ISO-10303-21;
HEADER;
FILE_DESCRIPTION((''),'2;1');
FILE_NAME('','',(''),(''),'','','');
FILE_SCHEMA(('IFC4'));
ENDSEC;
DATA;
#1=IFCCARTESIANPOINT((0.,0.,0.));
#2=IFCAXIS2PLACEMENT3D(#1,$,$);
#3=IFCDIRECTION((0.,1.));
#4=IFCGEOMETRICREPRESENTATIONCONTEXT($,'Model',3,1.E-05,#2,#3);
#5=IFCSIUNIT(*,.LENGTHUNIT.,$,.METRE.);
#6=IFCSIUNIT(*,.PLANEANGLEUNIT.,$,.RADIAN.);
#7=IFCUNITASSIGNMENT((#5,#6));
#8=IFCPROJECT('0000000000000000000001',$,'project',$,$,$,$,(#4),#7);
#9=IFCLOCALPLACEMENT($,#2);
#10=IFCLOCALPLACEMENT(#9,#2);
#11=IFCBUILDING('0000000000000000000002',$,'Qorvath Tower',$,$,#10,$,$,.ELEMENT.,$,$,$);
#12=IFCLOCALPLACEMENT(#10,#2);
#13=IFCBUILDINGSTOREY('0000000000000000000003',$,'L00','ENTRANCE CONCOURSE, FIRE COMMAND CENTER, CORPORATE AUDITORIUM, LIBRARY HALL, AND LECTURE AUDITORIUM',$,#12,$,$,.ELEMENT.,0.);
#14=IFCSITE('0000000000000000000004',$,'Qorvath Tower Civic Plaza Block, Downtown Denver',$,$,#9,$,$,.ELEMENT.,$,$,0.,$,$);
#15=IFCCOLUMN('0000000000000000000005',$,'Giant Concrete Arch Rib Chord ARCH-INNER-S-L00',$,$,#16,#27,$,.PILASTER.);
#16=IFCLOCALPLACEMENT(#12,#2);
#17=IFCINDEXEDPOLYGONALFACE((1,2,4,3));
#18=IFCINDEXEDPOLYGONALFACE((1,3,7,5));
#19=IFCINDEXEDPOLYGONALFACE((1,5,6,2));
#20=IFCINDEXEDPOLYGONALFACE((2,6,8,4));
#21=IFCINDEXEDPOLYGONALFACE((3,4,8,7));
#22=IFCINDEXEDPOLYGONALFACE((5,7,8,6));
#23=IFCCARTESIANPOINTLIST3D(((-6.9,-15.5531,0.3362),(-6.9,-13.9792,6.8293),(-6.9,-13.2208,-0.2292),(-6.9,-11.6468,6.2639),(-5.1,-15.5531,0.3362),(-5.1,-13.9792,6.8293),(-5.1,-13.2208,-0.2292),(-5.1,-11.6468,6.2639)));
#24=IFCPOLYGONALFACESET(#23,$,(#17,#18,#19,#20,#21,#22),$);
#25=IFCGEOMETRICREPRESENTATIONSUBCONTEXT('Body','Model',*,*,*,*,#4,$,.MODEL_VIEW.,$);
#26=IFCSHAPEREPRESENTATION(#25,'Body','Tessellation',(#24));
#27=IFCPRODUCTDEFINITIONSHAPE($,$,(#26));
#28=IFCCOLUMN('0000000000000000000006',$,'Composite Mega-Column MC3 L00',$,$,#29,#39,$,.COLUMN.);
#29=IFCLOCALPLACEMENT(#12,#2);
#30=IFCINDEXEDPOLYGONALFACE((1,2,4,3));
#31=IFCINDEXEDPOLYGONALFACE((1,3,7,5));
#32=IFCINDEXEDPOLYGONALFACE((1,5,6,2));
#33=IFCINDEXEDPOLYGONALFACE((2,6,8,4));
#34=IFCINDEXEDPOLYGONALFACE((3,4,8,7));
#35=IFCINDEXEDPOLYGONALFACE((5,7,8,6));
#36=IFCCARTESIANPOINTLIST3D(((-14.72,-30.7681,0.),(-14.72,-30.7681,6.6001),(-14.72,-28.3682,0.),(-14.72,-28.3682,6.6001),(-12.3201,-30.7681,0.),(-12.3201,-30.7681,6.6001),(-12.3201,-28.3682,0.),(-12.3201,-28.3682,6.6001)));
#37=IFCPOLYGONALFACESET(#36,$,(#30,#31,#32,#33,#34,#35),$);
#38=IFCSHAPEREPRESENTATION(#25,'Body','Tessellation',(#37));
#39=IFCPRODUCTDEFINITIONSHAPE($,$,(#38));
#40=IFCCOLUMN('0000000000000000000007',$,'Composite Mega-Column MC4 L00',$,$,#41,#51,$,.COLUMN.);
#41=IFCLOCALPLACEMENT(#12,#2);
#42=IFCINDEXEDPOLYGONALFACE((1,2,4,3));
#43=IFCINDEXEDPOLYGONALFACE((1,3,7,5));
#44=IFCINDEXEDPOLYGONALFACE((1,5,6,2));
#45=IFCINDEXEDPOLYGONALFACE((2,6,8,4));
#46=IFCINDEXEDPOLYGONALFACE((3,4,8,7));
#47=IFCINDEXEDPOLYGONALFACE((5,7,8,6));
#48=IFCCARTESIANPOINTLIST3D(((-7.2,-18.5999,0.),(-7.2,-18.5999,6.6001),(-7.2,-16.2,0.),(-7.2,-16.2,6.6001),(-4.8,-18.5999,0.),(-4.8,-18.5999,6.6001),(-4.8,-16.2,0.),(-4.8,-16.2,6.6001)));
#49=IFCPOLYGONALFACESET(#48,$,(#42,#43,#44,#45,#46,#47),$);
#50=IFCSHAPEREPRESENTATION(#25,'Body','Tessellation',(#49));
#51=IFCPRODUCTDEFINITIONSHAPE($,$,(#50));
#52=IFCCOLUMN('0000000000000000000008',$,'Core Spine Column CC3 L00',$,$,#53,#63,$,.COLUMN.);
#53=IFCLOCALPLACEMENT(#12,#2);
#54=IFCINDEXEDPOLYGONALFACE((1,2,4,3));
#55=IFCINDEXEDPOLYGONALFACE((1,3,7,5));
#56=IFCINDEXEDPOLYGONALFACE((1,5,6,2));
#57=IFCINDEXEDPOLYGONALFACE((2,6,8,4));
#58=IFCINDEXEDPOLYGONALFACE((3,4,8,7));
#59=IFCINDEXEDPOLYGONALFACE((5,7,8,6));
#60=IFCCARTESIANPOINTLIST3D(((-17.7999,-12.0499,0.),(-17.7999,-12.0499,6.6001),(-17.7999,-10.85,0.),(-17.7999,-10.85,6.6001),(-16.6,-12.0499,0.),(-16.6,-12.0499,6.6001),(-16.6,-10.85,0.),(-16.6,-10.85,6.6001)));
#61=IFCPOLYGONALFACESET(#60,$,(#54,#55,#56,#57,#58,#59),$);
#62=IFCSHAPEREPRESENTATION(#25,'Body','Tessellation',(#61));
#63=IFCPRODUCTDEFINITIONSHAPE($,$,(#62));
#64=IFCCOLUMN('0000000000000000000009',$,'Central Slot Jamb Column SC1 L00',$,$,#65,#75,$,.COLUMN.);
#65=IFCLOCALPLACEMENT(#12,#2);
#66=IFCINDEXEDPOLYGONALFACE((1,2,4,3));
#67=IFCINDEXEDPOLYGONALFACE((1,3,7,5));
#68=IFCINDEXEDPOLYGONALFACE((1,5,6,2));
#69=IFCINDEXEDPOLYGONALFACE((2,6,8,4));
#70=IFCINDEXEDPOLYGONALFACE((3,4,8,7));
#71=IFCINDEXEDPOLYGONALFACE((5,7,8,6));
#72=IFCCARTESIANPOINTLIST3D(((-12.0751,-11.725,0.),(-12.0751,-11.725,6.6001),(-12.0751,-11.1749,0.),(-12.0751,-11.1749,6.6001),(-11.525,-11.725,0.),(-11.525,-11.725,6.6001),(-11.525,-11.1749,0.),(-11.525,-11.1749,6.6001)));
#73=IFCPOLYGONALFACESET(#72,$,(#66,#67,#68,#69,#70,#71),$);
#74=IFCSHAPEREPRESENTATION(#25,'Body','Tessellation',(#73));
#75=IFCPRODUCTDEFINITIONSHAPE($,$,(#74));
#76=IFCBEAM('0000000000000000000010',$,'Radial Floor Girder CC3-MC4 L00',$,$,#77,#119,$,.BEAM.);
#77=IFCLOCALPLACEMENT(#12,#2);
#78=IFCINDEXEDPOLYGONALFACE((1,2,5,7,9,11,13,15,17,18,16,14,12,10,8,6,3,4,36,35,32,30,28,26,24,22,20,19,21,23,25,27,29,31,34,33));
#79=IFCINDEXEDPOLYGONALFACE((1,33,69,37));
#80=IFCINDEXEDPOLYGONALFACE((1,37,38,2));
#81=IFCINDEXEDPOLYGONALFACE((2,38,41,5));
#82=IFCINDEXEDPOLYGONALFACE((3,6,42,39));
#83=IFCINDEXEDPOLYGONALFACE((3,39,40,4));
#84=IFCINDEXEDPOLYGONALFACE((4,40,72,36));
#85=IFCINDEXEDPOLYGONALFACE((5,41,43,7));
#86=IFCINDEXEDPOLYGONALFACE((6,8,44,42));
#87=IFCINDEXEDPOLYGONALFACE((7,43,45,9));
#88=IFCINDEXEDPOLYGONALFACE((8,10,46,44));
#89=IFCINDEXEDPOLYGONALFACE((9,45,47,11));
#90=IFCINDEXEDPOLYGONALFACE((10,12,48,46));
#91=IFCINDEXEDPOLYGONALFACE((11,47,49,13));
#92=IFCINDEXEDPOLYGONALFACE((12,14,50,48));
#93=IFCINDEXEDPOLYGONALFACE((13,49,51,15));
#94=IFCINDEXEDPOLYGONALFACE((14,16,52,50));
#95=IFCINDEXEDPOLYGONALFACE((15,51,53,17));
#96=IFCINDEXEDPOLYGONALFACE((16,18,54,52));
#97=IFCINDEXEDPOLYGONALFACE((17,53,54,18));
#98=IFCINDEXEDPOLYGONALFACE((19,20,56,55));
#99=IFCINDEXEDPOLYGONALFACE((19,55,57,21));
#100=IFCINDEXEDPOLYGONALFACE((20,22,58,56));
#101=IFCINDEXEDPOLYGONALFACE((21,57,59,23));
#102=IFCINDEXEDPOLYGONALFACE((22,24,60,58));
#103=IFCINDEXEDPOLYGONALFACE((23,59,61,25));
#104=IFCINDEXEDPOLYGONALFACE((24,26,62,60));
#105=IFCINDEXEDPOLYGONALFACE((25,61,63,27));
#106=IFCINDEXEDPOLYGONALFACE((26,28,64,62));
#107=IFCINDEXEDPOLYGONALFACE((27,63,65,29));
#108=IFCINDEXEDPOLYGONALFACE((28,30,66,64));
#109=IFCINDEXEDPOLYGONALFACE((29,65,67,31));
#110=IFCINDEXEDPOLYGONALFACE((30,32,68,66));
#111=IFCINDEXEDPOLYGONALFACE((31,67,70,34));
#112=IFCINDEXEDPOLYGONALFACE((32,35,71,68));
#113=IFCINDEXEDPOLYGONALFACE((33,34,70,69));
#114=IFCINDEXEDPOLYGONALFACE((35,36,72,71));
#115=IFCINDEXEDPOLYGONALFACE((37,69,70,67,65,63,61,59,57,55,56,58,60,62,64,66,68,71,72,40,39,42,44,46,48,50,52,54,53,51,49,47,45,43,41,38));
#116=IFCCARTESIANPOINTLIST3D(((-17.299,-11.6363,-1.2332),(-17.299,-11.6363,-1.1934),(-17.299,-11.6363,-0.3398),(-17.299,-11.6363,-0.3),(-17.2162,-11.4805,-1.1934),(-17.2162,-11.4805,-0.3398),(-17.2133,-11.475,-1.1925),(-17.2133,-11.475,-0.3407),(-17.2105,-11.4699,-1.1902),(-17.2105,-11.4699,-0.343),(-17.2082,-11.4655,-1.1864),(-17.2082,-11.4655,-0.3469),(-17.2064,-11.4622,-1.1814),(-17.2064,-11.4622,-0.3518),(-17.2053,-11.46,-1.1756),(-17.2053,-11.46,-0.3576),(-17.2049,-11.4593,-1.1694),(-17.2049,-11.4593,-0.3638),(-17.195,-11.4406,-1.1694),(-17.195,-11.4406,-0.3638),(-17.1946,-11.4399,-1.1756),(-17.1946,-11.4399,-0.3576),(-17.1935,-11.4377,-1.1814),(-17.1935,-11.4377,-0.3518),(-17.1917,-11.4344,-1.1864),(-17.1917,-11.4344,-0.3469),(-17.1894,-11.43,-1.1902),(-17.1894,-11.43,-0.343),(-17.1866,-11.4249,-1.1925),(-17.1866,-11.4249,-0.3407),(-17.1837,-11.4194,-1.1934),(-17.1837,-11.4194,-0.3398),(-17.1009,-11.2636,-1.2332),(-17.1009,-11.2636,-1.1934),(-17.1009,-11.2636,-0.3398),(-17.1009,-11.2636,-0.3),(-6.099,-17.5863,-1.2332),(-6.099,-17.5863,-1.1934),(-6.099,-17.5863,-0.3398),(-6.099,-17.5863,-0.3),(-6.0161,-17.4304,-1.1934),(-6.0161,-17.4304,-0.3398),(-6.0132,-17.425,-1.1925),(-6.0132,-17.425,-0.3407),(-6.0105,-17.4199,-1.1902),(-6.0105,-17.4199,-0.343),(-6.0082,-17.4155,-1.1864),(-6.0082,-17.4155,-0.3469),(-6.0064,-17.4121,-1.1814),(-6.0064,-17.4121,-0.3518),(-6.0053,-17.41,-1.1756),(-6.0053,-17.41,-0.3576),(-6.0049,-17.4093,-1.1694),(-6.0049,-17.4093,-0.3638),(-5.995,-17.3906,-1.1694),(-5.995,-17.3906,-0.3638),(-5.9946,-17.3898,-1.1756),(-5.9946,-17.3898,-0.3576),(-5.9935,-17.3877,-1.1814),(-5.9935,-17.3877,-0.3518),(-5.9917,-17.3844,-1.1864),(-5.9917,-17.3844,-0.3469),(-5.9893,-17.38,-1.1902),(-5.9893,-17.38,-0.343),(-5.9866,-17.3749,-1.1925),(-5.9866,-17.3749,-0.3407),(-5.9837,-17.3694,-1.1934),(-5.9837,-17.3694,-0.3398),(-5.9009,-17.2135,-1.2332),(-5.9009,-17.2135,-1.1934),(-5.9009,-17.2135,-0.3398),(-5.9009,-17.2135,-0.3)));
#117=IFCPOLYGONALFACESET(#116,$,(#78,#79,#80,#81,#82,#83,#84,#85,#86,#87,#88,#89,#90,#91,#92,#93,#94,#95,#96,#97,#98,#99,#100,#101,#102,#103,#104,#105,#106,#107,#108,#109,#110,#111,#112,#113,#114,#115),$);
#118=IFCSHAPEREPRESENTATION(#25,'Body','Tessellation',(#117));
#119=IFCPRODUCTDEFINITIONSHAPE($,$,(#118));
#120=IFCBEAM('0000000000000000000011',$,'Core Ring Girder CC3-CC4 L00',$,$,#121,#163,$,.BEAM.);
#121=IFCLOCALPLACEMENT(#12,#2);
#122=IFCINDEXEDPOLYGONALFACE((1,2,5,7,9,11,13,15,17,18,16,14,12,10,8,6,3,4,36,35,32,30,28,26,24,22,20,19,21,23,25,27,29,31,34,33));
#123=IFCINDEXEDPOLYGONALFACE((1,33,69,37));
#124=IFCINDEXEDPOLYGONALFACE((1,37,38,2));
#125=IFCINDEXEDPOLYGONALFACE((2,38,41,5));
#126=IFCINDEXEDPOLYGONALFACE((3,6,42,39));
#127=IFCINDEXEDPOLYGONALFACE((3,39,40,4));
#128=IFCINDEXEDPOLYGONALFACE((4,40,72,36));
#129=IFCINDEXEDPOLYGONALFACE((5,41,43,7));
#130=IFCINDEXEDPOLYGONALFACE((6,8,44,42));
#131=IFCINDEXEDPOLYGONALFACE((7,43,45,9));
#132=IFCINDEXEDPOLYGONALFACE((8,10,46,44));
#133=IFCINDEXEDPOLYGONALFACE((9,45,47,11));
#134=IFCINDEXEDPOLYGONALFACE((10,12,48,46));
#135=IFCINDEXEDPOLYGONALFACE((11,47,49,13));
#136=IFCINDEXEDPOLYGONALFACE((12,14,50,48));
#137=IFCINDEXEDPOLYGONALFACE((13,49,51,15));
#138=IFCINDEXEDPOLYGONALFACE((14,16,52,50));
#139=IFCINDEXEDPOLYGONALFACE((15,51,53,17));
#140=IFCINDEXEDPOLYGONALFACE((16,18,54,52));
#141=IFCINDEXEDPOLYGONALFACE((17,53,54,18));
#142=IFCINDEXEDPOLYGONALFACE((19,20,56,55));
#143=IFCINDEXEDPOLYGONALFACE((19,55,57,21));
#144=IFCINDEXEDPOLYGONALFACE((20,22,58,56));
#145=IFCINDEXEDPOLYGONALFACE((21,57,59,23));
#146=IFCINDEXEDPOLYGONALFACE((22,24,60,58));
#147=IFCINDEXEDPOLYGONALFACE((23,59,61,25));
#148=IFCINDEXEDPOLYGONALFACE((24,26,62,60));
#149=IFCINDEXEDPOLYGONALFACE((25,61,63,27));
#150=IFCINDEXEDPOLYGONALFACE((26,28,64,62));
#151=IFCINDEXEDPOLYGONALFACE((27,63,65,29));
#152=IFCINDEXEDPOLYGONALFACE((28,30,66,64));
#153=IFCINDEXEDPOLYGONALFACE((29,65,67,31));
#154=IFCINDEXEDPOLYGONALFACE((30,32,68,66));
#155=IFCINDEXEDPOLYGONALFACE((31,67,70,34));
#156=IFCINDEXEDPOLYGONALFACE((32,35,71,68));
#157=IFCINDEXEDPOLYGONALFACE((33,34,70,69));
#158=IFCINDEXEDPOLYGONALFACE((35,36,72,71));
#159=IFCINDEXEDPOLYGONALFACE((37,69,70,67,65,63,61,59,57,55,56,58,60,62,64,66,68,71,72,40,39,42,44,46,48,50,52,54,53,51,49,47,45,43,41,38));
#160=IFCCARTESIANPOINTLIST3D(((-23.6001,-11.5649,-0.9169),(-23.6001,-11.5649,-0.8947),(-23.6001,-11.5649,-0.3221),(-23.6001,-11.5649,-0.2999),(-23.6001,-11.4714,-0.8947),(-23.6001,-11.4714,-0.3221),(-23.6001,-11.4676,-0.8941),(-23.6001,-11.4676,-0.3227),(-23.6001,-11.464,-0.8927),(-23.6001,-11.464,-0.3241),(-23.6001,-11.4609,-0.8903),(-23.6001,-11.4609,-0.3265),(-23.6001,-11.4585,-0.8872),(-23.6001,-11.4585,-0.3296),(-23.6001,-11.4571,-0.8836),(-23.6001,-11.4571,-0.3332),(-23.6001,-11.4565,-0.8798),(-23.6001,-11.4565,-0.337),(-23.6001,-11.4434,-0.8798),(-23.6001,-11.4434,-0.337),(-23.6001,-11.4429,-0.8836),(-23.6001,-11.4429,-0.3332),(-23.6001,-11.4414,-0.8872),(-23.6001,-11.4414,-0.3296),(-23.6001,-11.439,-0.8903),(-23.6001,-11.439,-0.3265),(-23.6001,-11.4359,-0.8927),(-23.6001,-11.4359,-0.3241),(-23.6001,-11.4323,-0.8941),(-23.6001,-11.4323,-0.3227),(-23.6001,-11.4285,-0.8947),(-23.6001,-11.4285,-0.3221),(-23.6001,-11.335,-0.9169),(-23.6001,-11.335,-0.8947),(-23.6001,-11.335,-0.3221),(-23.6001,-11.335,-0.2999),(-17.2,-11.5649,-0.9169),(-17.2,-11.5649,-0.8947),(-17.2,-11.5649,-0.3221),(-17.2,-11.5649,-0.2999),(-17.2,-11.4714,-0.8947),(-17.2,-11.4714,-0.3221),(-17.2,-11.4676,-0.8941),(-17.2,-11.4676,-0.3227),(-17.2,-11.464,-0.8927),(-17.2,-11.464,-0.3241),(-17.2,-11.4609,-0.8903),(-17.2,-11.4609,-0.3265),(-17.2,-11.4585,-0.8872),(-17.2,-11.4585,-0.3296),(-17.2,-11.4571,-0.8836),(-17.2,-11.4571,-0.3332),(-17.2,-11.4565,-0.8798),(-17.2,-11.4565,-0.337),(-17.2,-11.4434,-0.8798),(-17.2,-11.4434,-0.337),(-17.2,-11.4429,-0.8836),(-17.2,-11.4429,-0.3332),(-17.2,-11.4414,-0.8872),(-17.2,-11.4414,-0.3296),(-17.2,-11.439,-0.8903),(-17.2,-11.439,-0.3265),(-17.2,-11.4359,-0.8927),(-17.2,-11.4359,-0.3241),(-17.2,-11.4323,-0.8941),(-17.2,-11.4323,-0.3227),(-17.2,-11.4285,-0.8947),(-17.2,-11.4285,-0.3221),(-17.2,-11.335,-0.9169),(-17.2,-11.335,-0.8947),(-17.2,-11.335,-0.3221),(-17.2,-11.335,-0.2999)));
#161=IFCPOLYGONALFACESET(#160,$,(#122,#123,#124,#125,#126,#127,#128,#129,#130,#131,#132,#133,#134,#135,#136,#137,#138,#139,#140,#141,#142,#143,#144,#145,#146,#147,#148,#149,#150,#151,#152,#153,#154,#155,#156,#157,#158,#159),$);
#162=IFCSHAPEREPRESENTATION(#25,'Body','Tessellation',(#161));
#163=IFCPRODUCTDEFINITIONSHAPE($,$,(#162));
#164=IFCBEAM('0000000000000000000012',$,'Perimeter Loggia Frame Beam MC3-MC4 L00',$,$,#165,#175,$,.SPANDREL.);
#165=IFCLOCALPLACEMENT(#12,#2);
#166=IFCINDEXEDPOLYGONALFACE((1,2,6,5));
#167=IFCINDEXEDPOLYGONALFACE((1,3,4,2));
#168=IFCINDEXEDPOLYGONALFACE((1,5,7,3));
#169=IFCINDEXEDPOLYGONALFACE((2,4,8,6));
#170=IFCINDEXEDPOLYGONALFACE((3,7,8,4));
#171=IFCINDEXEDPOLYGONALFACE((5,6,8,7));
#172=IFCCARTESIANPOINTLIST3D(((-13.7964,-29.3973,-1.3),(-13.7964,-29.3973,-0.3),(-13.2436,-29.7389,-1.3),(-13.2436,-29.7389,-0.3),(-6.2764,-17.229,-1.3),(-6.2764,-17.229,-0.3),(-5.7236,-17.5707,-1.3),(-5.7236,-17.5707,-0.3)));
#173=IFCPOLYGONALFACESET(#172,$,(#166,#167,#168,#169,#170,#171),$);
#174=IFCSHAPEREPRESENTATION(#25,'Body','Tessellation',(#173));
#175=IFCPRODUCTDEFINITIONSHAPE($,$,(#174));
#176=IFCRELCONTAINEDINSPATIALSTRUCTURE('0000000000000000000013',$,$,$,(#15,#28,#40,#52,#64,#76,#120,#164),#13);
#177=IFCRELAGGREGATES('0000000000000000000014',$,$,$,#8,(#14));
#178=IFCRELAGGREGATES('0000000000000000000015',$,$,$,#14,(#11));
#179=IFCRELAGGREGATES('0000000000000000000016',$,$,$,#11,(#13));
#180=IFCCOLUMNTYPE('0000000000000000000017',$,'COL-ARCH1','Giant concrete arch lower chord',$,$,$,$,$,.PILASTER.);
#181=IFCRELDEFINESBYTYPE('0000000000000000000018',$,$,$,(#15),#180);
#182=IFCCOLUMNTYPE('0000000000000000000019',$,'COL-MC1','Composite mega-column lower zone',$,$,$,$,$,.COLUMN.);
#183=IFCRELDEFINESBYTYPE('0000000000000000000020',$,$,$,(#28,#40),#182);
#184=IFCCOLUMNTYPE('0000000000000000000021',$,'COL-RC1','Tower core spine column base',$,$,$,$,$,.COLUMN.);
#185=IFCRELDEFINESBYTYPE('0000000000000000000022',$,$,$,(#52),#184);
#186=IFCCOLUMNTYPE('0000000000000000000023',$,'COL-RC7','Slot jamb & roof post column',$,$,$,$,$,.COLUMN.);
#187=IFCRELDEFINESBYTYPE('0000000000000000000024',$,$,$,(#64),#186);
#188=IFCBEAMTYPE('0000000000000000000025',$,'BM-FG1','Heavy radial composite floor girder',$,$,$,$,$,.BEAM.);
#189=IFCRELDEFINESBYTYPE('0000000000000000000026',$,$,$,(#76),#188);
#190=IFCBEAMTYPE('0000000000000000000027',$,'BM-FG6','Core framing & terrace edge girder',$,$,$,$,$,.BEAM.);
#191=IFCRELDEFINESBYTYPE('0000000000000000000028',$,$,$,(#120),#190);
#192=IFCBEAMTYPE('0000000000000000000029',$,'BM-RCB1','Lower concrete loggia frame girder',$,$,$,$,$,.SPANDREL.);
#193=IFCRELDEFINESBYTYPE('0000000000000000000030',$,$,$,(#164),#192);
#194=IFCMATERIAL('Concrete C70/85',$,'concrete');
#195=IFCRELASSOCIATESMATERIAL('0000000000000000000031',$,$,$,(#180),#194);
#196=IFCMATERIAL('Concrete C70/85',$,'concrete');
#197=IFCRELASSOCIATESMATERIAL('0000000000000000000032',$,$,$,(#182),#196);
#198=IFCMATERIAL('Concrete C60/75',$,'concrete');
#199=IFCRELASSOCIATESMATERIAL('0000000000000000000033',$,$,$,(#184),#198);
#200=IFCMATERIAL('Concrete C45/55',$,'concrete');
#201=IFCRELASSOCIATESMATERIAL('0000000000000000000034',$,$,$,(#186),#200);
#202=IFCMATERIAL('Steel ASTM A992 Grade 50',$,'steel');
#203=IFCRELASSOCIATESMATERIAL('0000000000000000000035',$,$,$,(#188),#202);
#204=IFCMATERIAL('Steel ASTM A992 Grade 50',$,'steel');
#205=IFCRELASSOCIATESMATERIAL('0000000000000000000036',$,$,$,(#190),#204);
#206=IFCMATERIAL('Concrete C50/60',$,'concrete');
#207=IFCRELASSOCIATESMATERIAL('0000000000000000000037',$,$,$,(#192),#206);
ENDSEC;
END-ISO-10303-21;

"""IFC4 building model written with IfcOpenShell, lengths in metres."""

from ifc_helpers import new_model, si_unit, direction, frame, origin, origin_2d, place, context, subcontext, project, spatial, rectangle, i_section, extrude, material, material_profile, profile_set, type_object, element, save


model = new_model("IFC4")

# Units and contexts
model_context = context("Model", 3, precision=1e-05, world=origin(), true_north=direction((0.0, 1.0)))
body_context = subcontext(model_context, "Body", "Model", "MODEL_VIEW")
ifc_project = project(units=[si_unit("LENGTHUNIT", "METRE"), si_unit("PLANEANGLEUNIT", "RADIAN")], contexts=[model_context])

# Site, building, storey
site_placement = place(None, origin())
site = spatial("IfcSite", under=ifc_project, at=site_placement, Name="Qorvath Tower Civic Plaza Block, Downtown Denver", CompositionType="ELEMENT", RefElevation=0.0)
building_placement = place(site_placement, origin())
building = spatial("IfcBuilding", under=site, at=building_placement, Name="Qorvath Tower", CompositionType="ELEMENT")
storey_placement = place(building_placement, origin())
storey = spatial("IfcBuildingStorey", under=building, at=storey_placement, Name="L00", Description="ENTRANCE CONCOURSE, FIRE COMMAND CENTER, CORPORATE AUDITORIUM, LIBRARY HALL, AND LECTURE AUDITORIUM", CompositionType="ELEMENT", Elevation=0.0)

# Columns
ifc_material_1 = material(Name="Concrete C70/85", Category="concrete")
ifc_material_profile_1 = material_profile(ifc_material_1, rectangle(XDim=1.8, YDim=2.3999, at=origin_2d()), Name="ARCH 2400x1800")
ifc_profile_set_1 = profile_set([ifc_material_profile_1], Name="Concrete C70/85")
column_type_1 = type_object("IfcColumnType", Name="COL-ARCH1", Description="Giant concrete arch lower chord", PredefinedType="PILASTER", material=ifc_profile_set_1)
column_1_placement = place(storey_placement, frame((-6.0, -14.387, 0.0535), z_axis=(0.0, 0.235582, 0.971854), x_axis=(-1.0, 0.0, 0.0)))
element("IfcColumn", 1, at=column_1_placement, inside=storey, type_object=column_type_1, Name="Giant Concrete Arch Rib Chord ARCH-INNER-S-L00", PredefinedType="PILASTER", context=body_context, shape_type="SweptSolid", body=[
    extrude(rectangle(XDim=1.8, YDim=2.3999, at=origin_2d()), origin(), (0.0, 0.0, 1.0), 6.6812),
])
ifc_material_2 = material(Name="Concrete C70/85", Category="concrete")
ifc_material_profile_2 = material_profile(ifc_material_2, rectangle(XDim=2.3999, YDim=2.3999, at=origin_2d()), Name="MC 2400x2400")
ifc_profile_set_2 = profile_set([ifc_material_profile_2], Name="Concrete C70/85")
column_type_2 = type_object("IfcColumnType", Name="COL-MC1", Description="Composite mega-column lower zone", PredefinedType="COLUMN", material=ifc_profile_set_2)
for number, where, z_axis, x_axis, name in (
    (2, (-13.52, -29.5681, 0.0), (0.0, 0.0, 1.0), (1.0, 0.0, 0.0), "Composite Mega-Column MC3 L00"),
    (3, (-6.0, -17.3999, 0.0), (0.0, 0.0, 1.0), (1.0, 0.0, 0.0), "Composite Mega-Column MC4 L00"),
):
    element("IfcColumn", number, at=place(storey_placement, frame(where, z_axis=z_axis, x_axis=x_axis)), inside=storey, type_object=column_type_2, Name=name, PredefinedType="COLUMN", context=body_context, shape_type="SweptSolid", body=[
        extrude(rectangle(XDim=2.3999, YDim=2.3999, at=origin_2d()), origin(), (0.0, 0.0, 1.0), 6.6001),
    ])
ifc_material_3 = material(Name="Concrete C60/75", Category="concrete")
ifc_material_profile_3 = material_profile(ifc_material_3, rectangle(XDim=1.2, YDim=1.2, at=origin_2d()), Name="RC 1200x1200")
ifc_profile_set_3 = profile_set([ifc_material_profile_3], Name="Concrete C60/75")
column_type_3 = type_object("IfcColumnType", Name="COL-RC1", Description="Tower core spine column base", PredefinedType="COLUMN", material=ifc_profile_set_3)
column_2_placement = place(storey_placement, frame((-17.2, -11.45, 0.0), z_axis=(0.0, 0.0, 1.0), x_axis=(1.0, 0.0, 0.0)))
element("IfcColumn", 4, at=column_2_placement, inside=storey, type_object=column_type_3, Name="Core Spine Column CC3 L00", PredefinedType="COLUMN", context=body_context, shape_type="SweptSolid", body=[
    extrude(rectangle(XDim=1.2, YDim=1.2, at=origin_2d()), origin(), (0.0, 0.0, 1.0), 6.6001),
])
ifc_material_4 = material(Name="Concrete C45/55", Category="concrete")
ifc_material_profile_4 = material_profile(ifc_material_4, rectangle(XDim=0.55, YDim=0.55, at=origin_2d()), Name="RC 550x550")
ifc_profile_set_4 = profile_set([ifc_material_profile_4], Name="Concrete C45/55")
column_type_4 = type_object("IfcColumnType", Name="COL-RC7", Description="Slot jamb & roof post column", PredefinedType="COLUMN", material=ifc_profile_set_4)
column_3_placement = place(storey_placement, frame((-11.8, -11.45, 0.0), z_axis=(0.0, 0.0, 1.0), x_axis=(1.0, 0.0, 0.0)))
element("IfcColumn", 5, at=column_3_placement, inside=storey, type_object=column_type_4, Name="Central Slot Jamb Column SC1 L00", PredefinedType="COLUMN", context=body_context, shape_type="SweptSolid", body=[
    extrude(rectangle(XDim=0.55, YDim=0.55, at=origin_2d()), origin(), (0.0, 0.0, 1.0), 6.6001),
])

# Beams
ifc_material_5 = material(Name="Steel ASTM A992 Grade 50", Category="steel")
ifc_material_profile_5 = material_profile(ifc_material_5, i_section(OverallWidth=0.4221, OverallDepth=0.9331, WebThickness=0.0212, FlangeThickness=0.0398, FilletRadius=0.0239, at=origin_2d()), Name="W36x262")
ifc_profile_set_5 = profile_set([ifc_material_profile_5], Name="Steel ASTM A992 Grade 50")
beam_type_1 = type_object("IfcBeamType", Name="BM-FG1", Description="Heavy radial composite floor girder", PredefinedType="BEAM", material=ifc_profile_set_5)
beam_1_placement = place(storey_placement, frame((-17.2, -11.45, -0.7666), z_axis=(0.883116, -0.469154, 0.0), x_axis=(0.469154, 0.883116, 0.0)))
element("IfcBeam", 6, at=beam_1_placement, inside=storey, type_object=beam_type_1, Name="Radial Floor Girder CC3-MC4 L00", PredefinedType="BEAM", context=body_context, shape_type="SweptSolid", body=[
    extrude(i_section(OverallWidth=0.4221, OverallDepth=0.9331, WebThickness=0.0212, FlangeThickness=0.0398, FilletRadius=0.0239, at=origin_2d()), origin(), (0.0, 0.0, 1.0), 12.6824),
])
ifc_material_6 = material(Name="Steel ASTM A992 Grade 50", Category="steel")
ifc_material_profile_6 = material_profile(ifc_material_6, i_section(OverallWidth=0.23, OverallDepth=0.6169, WebThickness=0.0132, FlangeThickness=0.0222, FilletRadius=0.0149, at=origin_2d()), Name="W24x94")
ifc_profile_set_6 = profile_set([ifc_material_profile_6], Name="Steel ASTM A992 Grade 50")
beam_type_2 = type_object("IfcBeamType", Name="BM-FG6", Description="Core framing & terrace edge girder", PredefinedType="BEAM", material=ifc_profile_set_6)
beam_2_placement = place(storey_placement, frame((-17.2, -11.45, -0.6084), z_axis=(-1.0, 0.0, 0.0), x_axis=(0.0, -1.0, 0.0)))
element("IfcBeam", 7, at=beam_2_placement, inside=storey, type_object=beam_type_2, Name="Core Ring Girder CC3-CC4 L00", PredefinedType="BEAM", context=body_context, shape_type="SweptSolid", body=[
    extrude(i_section(OverallWidth=0.23, OverallDepth=0.6169, WebThickness=0.0132, FlangeThickness=0.0222, FilletRadius=0.0149, at=origin_2d()), origin(), (0.0, 0.0, 1.0), 6.4001),
])
ifc_material_7 = material(Name="Concrete C50/60", Category="concrete")
ifc_material_profile_7 = material_profile(ifc_material_7, rectangle(XDim=0.6499, YDim=1.0, at=origin_2d()), Name="RCB 1000x650")
ifc_profile_set_7 = profile_set([ifc_material_profile_7], Name="Concrete C50/60")
beam_type_3 = type_object("IfcBeamType", Name="BM-RCB1", Description="Lower concrete loggia frame girder", PredefinedType="SPANDREL", material=ifc_profile_set_7)
beam_3_placement = place(storey_placement, frame((-13.52, -29.5681, -0.8), z_axis=(0.525713, 0.850662, 0.0), x_axis=(-0.850662, 0.525713, 0.0)))
element("IfcBeam", 8, at=beam_3_placement, inside=storey, type_object=beam_type_3, Name="Perimeter Loggia Frame Beam MC3-MC4 L00", PredefinedType="SPANDREL", context=body_context, shape_type="SweptSolid", body=[
    extrude(rectangle(XDim=0.6499, YDim=1.0, at=origin_2d()), origin(), (0.0, 0.0, 1.0), 14.3044),
])

save(model, "model.ifc")
